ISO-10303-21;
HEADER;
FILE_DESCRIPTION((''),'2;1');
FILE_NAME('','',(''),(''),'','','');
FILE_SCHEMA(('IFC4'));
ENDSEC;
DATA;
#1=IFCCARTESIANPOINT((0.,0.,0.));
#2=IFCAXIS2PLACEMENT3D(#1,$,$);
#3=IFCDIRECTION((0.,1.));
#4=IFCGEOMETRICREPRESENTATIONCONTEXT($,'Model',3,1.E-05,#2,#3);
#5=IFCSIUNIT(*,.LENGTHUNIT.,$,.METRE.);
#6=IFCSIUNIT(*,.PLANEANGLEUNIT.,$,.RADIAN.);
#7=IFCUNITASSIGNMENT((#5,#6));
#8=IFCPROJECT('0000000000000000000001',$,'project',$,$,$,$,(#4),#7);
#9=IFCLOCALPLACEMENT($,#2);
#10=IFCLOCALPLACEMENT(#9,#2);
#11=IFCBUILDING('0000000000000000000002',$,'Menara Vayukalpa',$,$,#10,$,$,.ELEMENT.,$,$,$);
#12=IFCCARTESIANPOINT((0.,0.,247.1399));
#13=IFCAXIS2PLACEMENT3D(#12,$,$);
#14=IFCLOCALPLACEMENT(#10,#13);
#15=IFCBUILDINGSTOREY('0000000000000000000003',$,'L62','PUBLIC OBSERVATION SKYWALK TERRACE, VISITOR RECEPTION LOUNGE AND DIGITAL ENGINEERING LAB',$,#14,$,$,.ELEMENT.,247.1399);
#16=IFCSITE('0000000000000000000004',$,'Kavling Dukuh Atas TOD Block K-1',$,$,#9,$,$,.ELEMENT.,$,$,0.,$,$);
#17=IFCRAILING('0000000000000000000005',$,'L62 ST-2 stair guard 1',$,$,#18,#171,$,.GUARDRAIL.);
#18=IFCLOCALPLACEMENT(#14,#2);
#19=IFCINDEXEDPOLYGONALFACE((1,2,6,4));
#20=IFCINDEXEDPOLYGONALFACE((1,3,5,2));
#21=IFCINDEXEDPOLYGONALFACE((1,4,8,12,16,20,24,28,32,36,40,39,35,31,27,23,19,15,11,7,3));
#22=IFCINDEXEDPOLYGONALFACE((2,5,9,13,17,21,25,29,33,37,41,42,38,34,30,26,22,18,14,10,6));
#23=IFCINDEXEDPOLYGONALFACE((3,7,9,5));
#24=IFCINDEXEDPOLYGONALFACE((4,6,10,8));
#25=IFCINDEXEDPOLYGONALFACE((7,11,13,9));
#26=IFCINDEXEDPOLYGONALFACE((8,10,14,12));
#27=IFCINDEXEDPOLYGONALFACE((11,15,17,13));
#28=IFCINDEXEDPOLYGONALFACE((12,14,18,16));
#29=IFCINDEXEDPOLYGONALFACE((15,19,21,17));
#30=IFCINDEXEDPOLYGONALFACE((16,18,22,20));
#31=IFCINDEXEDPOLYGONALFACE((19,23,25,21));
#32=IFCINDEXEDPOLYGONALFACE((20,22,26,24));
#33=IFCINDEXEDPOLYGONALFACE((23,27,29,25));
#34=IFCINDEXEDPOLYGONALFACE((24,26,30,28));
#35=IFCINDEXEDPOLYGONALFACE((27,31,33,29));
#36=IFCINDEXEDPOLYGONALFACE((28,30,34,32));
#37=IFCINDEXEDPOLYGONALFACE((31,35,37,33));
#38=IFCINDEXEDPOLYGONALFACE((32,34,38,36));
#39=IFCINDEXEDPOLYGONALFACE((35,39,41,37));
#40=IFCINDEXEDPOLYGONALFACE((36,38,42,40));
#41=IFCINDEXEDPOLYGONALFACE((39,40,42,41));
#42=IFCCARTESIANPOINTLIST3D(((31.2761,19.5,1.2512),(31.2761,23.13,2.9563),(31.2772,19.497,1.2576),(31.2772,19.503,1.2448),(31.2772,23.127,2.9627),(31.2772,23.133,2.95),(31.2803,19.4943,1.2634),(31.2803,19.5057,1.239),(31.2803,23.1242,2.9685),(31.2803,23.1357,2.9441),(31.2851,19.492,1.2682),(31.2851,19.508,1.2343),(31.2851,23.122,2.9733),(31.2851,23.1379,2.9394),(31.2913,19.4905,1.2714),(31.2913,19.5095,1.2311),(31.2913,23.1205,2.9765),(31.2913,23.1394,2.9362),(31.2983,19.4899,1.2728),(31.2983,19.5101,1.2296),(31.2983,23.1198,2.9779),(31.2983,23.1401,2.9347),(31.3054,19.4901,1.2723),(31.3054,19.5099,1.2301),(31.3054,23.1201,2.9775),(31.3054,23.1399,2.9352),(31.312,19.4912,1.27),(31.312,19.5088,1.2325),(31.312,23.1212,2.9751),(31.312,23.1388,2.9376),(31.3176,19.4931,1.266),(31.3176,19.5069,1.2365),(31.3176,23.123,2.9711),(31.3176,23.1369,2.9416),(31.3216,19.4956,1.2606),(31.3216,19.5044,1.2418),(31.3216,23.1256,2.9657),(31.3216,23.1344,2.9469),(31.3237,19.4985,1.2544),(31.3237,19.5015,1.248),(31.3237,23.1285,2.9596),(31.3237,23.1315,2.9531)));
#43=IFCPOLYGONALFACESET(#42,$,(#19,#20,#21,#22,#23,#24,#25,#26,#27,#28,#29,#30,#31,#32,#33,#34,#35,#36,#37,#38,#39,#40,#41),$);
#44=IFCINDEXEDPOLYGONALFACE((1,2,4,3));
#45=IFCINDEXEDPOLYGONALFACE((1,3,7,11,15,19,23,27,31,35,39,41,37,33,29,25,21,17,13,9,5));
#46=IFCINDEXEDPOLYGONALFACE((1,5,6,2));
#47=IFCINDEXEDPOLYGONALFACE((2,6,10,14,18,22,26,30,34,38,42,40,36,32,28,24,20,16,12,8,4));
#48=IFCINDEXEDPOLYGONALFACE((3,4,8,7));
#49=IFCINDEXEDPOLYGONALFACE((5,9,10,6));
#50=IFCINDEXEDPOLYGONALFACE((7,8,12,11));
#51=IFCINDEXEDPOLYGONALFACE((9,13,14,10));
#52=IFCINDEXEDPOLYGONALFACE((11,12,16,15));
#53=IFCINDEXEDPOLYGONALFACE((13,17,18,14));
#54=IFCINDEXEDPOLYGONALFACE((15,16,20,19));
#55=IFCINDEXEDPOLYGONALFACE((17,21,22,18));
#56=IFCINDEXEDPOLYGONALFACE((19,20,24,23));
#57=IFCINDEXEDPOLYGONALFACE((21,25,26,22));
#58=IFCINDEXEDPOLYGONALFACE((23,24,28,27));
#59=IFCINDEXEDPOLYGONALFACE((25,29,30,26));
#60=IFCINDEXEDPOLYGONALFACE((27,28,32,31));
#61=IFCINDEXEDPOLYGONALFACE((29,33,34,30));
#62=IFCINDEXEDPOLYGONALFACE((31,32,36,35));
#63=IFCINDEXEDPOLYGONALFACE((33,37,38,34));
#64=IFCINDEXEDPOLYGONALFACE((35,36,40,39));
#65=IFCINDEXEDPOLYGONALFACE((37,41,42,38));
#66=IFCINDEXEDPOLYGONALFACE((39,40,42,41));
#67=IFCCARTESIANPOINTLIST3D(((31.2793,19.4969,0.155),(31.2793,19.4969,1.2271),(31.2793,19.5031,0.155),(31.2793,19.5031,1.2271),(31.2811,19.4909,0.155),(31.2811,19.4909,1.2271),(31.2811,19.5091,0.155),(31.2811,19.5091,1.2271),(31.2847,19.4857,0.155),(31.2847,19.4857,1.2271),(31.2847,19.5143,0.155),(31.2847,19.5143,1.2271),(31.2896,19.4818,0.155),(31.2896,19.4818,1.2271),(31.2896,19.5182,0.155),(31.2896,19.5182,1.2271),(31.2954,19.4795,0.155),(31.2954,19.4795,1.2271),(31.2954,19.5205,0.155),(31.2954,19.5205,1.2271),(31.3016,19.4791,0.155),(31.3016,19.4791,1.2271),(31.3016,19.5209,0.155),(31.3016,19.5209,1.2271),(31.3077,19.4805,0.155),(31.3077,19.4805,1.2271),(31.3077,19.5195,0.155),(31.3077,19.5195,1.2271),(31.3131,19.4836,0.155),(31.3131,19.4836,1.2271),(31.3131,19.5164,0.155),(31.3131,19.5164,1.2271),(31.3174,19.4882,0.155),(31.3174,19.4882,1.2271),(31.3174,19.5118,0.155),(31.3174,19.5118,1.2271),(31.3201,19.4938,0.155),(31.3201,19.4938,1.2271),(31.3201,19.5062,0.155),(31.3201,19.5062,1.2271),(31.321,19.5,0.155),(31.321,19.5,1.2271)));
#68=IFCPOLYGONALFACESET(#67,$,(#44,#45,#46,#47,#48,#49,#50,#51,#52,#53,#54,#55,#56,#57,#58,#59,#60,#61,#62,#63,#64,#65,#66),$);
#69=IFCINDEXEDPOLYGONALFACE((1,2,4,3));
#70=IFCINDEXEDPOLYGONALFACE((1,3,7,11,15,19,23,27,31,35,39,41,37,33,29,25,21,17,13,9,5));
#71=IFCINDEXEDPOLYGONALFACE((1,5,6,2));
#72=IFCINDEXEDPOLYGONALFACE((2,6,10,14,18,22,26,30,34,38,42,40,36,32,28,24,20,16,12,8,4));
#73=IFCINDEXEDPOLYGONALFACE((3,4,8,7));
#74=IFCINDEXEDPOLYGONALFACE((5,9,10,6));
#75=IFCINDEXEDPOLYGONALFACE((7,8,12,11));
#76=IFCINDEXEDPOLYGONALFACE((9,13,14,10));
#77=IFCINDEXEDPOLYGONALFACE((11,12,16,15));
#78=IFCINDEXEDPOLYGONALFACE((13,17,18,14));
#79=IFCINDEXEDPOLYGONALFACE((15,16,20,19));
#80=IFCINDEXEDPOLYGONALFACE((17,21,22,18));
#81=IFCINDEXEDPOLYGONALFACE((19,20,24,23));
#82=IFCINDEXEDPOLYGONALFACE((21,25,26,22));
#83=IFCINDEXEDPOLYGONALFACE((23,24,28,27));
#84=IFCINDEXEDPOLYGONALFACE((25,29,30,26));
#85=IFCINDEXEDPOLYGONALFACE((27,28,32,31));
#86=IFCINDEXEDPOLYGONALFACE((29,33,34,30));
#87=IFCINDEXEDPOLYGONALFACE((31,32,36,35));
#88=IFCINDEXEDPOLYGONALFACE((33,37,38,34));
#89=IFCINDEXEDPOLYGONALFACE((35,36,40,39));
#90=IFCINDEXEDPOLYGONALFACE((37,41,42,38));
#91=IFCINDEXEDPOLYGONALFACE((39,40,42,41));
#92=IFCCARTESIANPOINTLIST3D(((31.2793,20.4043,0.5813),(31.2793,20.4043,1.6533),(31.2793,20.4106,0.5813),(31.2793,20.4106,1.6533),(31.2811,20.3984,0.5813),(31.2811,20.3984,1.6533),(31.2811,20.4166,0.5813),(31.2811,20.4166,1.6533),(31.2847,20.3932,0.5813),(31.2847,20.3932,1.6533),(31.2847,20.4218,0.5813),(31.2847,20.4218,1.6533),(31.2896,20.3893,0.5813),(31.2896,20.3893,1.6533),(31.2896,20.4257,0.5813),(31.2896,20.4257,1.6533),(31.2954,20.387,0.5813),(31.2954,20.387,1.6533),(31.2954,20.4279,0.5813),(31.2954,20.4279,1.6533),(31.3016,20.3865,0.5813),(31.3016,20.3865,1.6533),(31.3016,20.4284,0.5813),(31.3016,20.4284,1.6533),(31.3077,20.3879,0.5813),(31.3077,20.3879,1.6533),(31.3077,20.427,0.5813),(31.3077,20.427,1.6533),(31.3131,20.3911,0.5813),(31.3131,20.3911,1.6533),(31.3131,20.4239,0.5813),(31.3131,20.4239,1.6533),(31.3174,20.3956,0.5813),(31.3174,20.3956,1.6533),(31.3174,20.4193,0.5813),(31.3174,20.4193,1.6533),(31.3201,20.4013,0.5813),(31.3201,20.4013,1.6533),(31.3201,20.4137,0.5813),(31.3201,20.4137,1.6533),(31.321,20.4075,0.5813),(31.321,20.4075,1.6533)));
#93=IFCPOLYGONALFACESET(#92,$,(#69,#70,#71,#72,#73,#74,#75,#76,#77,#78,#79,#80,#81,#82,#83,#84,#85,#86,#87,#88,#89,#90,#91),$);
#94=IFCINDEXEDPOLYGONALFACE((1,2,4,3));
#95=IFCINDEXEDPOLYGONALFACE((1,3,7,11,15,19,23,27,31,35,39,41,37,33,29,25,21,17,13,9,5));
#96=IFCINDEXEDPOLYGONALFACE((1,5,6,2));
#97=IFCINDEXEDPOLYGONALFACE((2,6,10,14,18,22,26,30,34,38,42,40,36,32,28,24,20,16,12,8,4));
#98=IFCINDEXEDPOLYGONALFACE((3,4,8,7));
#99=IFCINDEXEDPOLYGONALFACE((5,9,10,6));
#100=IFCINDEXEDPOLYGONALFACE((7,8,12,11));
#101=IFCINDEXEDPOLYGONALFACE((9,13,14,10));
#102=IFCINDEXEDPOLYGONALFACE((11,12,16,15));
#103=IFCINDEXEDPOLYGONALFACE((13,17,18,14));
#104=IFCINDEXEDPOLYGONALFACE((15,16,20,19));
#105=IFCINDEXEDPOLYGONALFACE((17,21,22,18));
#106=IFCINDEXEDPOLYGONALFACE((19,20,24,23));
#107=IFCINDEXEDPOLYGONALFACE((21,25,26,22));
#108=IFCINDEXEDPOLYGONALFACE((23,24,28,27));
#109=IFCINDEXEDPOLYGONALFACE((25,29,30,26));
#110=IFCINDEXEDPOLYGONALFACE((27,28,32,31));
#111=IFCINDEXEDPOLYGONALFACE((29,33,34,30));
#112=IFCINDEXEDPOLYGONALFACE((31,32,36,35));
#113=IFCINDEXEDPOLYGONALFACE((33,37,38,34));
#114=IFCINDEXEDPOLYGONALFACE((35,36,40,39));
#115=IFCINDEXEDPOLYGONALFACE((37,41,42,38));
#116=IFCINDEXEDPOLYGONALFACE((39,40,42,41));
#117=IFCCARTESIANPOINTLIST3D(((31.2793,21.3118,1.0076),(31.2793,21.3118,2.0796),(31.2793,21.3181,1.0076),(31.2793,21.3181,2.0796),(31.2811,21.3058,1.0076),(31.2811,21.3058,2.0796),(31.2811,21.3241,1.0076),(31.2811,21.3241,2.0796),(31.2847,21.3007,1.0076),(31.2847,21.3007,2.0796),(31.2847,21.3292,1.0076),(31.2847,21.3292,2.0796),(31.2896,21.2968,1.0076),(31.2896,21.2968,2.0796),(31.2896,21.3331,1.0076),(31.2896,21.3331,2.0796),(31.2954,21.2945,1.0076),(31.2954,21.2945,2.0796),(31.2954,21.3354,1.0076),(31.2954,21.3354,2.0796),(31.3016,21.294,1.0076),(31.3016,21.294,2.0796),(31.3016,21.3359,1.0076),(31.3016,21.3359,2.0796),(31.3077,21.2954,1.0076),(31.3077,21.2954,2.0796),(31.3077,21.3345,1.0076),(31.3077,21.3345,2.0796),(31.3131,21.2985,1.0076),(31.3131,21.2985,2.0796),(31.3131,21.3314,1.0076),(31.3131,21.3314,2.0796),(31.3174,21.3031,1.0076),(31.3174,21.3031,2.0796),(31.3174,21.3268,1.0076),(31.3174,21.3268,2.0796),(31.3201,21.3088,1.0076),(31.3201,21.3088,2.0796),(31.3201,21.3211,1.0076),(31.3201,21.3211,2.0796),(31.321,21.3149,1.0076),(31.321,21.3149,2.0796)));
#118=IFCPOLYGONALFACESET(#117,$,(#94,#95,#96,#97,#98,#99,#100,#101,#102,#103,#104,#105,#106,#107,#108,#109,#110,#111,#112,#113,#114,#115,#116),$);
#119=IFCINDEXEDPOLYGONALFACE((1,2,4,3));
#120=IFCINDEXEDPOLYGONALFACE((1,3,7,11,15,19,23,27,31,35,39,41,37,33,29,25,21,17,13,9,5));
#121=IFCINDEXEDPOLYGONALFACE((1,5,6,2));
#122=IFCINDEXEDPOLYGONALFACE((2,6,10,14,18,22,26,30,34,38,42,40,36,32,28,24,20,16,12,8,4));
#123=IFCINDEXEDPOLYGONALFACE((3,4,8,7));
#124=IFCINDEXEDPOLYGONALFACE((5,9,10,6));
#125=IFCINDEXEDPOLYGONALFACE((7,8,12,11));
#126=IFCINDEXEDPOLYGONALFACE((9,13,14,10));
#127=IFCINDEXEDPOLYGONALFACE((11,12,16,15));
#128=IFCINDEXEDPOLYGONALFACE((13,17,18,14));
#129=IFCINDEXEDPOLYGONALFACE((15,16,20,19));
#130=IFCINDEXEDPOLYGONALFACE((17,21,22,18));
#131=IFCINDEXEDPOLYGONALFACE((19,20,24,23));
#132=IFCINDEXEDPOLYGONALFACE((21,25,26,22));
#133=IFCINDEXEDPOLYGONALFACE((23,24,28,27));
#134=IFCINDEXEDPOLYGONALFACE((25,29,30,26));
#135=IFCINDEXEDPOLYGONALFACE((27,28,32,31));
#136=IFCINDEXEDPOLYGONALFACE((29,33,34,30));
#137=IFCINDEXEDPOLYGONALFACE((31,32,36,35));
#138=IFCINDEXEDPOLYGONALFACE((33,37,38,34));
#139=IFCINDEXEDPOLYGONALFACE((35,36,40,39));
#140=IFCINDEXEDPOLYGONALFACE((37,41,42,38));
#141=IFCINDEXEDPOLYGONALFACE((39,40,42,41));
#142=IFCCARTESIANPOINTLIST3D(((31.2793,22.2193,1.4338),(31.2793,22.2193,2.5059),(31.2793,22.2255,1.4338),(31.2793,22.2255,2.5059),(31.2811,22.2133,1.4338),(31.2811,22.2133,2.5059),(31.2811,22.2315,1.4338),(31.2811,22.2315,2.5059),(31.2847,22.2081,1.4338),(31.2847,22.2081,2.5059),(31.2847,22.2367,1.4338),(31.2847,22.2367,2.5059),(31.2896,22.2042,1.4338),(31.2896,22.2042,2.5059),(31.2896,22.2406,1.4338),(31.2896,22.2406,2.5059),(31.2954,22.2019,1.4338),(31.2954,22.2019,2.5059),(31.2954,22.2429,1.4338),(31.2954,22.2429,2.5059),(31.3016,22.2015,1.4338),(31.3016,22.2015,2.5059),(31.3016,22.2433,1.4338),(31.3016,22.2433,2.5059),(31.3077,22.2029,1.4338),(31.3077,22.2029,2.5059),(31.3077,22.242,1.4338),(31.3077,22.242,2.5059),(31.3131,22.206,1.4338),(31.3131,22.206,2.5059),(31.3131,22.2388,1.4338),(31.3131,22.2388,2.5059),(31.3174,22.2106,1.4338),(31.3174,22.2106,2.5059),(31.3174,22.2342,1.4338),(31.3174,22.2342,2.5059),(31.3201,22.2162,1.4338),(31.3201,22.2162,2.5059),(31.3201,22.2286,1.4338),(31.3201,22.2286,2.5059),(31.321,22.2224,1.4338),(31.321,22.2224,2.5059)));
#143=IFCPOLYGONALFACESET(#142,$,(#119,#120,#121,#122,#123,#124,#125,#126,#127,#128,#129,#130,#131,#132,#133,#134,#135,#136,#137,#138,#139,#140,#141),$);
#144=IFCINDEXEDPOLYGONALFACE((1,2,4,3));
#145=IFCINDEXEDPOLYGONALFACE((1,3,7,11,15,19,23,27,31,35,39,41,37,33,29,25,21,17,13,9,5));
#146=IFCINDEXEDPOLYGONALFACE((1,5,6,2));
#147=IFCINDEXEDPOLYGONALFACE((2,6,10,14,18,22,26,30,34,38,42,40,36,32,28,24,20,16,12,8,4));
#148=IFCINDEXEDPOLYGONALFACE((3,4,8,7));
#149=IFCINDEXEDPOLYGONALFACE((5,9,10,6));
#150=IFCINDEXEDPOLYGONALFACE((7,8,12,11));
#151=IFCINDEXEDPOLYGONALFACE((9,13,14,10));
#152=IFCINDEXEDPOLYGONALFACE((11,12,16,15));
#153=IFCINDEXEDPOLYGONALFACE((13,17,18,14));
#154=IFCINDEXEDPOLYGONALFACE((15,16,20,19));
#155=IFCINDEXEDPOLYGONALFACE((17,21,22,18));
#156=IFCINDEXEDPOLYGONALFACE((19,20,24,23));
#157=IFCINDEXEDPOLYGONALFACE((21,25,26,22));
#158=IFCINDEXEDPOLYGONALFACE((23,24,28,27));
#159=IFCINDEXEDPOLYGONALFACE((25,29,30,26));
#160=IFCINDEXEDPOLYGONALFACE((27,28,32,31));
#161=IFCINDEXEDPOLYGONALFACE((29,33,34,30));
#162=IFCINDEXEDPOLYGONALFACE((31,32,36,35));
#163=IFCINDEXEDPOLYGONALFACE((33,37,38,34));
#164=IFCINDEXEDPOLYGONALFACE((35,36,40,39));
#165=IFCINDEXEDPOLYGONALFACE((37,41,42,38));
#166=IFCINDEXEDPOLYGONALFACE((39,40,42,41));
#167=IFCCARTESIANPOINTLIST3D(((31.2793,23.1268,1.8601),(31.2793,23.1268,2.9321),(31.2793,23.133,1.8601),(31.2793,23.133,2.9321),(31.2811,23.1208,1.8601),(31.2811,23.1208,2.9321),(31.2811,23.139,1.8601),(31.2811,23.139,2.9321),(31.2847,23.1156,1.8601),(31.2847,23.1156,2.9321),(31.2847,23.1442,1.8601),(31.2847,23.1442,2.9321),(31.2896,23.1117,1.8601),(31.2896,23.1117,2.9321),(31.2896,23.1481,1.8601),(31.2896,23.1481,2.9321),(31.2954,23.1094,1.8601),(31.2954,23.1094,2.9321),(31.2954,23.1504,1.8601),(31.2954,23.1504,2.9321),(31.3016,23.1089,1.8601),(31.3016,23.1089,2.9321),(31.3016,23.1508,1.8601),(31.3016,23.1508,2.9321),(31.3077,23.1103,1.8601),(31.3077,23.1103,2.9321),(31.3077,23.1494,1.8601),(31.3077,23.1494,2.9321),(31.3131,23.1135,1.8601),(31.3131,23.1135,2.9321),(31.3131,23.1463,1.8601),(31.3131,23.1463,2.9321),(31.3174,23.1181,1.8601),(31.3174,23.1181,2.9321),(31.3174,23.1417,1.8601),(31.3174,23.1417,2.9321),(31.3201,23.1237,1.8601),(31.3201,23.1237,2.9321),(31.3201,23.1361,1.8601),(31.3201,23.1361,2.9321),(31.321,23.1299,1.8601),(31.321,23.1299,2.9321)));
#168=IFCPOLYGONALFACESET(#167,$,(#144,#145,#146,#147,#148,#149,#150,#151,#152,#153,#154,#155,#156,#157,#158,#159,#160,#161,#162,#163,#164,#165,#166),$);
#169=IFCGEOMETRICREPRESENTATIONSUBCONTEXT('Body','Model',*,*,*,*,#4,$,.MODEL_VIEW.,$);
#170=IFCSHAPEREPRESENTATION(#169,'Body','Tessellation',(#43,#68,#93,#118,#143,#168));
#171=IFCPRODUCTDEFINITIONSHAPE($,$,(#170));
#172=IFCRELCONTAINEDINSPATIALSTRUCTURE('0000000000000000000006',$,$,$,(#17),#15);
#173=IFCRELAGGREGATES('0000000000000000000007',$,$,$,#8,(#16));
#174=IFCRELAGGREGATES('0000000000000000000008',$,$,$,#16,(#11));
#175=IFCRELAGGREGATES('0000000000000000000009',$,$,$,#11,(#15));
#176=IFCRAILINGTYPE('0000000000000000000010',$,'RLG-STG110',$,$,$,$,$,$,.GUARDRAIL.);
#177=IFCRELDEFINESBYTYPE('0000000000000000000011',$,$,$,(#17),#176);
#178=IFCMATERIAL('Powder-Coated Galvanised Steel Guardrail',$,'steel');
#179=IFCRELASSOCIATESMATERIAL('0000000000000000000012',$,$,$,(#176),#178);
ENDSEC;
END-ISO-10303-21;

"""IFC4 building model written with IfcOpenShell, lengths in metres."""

from ifc_helpers import new_model, si_unit, direction, frame, origin, origin_2d, place, context, subcontext, project, spatial, circle, extrude, material, type_object, element, save


model = new_model("IFC4")

# Units and contexts
model_context = context("Model", 3, precision=1e-05, world=origin(), true_north=direction((0.0, 1.0)))
body_context = subcontext(model_context, "Body", "Model", "MODEL_VIEW")
ifc_project = project(units=[si_unit("LENGTHUNIT", "METRE"), si_unit("PLANEANGLEUNIT", "RADIAN")], contexts=[model_context])

# Site, building, storey
site_placement = place(None, origin())
site = spatial("IfcSite", under=ifc_project, at=site_placement, Name="Kavling Dukuh Atas TOD Block K-1", CompositionType="ELEMENT", RefElevation=0.0)
building_placement = place(site_placement, origin())
building = spatial("IfcBuilding", under=site, at=building_placement, Name="Menara Vayukalpa", CompositionType="ELEMENT")
storey_placement = place(building_placement, frame((0.0, 0.0, 247.1399)))
storey = spatial("IfcBuildingStorey", under=building, at=storey_placement, Name="L62", Description="PUBLIC OBSERVATION SKYWALK TERRACE, VISITOR RECEPTION LOUNGE AND DIGITAL ENGINEERING LAB", CompositionType="ELEMENT", Elevation=247.1399)

# Railing
ifc_material_1 = material(Name="Powder-Coated Galvanised Steel Guardrail", Category="steel")
railing_type_1 = type_object("IfcRailingType", Name="RLG-STG110", PredefinedType="GUARDRAIL", material=ifc_material_1)
railing_1_placement = place(storey_placement, frame((31.3, 19.5, 0.155)))
element("IfcRailing", 1, at=railing_1_placement, inside=storey, type_object=railing_type_1, Name="L62 ST-2 stair guard 1", PredefinedType="GUARDRAIL", context=body_context, shape_type="SweptSolid", body=[
    extrude(circle(Radius=0.0239, at=origin_2d()), frame((0.0, 0.0, 1.0962), z_axis=(0.0, 0.905116, 0.425164), x_axis=(-1.0, 0.0, 0.0)), (0.0, 0.0, 1.0), 4.0105),
    extrude(circle(Radius=0.021, at=origin_2d()), origin(), (0.0, 0.0, 1.0), 1.072),
    extrude(circle(Radius=0.021, at=origin_2d()), frame((0.0, 0.9075, 0.4263)), (0.0, 0.0, 1.0), 1.072),
    extrude(circle(Radius=0.021, at=origin_2d()), frame((0.0, 1.8149, 0.8525)), (0.0, 0.0, 1.0), 1.072),
    extrude(circle(Radius=0.021, at=origin_2d()), frame((0.0, 2.7224, 1.2788)), (0.0, 0.0, 1.0), 1.072),
    extrude(circle(Radius=0.021, at=origin_2d()), frame((0.0, 3.6299, 1.7051)), (0.0, 0.0, 1.0), 1.072),
])

save(model, "model.ifc")
